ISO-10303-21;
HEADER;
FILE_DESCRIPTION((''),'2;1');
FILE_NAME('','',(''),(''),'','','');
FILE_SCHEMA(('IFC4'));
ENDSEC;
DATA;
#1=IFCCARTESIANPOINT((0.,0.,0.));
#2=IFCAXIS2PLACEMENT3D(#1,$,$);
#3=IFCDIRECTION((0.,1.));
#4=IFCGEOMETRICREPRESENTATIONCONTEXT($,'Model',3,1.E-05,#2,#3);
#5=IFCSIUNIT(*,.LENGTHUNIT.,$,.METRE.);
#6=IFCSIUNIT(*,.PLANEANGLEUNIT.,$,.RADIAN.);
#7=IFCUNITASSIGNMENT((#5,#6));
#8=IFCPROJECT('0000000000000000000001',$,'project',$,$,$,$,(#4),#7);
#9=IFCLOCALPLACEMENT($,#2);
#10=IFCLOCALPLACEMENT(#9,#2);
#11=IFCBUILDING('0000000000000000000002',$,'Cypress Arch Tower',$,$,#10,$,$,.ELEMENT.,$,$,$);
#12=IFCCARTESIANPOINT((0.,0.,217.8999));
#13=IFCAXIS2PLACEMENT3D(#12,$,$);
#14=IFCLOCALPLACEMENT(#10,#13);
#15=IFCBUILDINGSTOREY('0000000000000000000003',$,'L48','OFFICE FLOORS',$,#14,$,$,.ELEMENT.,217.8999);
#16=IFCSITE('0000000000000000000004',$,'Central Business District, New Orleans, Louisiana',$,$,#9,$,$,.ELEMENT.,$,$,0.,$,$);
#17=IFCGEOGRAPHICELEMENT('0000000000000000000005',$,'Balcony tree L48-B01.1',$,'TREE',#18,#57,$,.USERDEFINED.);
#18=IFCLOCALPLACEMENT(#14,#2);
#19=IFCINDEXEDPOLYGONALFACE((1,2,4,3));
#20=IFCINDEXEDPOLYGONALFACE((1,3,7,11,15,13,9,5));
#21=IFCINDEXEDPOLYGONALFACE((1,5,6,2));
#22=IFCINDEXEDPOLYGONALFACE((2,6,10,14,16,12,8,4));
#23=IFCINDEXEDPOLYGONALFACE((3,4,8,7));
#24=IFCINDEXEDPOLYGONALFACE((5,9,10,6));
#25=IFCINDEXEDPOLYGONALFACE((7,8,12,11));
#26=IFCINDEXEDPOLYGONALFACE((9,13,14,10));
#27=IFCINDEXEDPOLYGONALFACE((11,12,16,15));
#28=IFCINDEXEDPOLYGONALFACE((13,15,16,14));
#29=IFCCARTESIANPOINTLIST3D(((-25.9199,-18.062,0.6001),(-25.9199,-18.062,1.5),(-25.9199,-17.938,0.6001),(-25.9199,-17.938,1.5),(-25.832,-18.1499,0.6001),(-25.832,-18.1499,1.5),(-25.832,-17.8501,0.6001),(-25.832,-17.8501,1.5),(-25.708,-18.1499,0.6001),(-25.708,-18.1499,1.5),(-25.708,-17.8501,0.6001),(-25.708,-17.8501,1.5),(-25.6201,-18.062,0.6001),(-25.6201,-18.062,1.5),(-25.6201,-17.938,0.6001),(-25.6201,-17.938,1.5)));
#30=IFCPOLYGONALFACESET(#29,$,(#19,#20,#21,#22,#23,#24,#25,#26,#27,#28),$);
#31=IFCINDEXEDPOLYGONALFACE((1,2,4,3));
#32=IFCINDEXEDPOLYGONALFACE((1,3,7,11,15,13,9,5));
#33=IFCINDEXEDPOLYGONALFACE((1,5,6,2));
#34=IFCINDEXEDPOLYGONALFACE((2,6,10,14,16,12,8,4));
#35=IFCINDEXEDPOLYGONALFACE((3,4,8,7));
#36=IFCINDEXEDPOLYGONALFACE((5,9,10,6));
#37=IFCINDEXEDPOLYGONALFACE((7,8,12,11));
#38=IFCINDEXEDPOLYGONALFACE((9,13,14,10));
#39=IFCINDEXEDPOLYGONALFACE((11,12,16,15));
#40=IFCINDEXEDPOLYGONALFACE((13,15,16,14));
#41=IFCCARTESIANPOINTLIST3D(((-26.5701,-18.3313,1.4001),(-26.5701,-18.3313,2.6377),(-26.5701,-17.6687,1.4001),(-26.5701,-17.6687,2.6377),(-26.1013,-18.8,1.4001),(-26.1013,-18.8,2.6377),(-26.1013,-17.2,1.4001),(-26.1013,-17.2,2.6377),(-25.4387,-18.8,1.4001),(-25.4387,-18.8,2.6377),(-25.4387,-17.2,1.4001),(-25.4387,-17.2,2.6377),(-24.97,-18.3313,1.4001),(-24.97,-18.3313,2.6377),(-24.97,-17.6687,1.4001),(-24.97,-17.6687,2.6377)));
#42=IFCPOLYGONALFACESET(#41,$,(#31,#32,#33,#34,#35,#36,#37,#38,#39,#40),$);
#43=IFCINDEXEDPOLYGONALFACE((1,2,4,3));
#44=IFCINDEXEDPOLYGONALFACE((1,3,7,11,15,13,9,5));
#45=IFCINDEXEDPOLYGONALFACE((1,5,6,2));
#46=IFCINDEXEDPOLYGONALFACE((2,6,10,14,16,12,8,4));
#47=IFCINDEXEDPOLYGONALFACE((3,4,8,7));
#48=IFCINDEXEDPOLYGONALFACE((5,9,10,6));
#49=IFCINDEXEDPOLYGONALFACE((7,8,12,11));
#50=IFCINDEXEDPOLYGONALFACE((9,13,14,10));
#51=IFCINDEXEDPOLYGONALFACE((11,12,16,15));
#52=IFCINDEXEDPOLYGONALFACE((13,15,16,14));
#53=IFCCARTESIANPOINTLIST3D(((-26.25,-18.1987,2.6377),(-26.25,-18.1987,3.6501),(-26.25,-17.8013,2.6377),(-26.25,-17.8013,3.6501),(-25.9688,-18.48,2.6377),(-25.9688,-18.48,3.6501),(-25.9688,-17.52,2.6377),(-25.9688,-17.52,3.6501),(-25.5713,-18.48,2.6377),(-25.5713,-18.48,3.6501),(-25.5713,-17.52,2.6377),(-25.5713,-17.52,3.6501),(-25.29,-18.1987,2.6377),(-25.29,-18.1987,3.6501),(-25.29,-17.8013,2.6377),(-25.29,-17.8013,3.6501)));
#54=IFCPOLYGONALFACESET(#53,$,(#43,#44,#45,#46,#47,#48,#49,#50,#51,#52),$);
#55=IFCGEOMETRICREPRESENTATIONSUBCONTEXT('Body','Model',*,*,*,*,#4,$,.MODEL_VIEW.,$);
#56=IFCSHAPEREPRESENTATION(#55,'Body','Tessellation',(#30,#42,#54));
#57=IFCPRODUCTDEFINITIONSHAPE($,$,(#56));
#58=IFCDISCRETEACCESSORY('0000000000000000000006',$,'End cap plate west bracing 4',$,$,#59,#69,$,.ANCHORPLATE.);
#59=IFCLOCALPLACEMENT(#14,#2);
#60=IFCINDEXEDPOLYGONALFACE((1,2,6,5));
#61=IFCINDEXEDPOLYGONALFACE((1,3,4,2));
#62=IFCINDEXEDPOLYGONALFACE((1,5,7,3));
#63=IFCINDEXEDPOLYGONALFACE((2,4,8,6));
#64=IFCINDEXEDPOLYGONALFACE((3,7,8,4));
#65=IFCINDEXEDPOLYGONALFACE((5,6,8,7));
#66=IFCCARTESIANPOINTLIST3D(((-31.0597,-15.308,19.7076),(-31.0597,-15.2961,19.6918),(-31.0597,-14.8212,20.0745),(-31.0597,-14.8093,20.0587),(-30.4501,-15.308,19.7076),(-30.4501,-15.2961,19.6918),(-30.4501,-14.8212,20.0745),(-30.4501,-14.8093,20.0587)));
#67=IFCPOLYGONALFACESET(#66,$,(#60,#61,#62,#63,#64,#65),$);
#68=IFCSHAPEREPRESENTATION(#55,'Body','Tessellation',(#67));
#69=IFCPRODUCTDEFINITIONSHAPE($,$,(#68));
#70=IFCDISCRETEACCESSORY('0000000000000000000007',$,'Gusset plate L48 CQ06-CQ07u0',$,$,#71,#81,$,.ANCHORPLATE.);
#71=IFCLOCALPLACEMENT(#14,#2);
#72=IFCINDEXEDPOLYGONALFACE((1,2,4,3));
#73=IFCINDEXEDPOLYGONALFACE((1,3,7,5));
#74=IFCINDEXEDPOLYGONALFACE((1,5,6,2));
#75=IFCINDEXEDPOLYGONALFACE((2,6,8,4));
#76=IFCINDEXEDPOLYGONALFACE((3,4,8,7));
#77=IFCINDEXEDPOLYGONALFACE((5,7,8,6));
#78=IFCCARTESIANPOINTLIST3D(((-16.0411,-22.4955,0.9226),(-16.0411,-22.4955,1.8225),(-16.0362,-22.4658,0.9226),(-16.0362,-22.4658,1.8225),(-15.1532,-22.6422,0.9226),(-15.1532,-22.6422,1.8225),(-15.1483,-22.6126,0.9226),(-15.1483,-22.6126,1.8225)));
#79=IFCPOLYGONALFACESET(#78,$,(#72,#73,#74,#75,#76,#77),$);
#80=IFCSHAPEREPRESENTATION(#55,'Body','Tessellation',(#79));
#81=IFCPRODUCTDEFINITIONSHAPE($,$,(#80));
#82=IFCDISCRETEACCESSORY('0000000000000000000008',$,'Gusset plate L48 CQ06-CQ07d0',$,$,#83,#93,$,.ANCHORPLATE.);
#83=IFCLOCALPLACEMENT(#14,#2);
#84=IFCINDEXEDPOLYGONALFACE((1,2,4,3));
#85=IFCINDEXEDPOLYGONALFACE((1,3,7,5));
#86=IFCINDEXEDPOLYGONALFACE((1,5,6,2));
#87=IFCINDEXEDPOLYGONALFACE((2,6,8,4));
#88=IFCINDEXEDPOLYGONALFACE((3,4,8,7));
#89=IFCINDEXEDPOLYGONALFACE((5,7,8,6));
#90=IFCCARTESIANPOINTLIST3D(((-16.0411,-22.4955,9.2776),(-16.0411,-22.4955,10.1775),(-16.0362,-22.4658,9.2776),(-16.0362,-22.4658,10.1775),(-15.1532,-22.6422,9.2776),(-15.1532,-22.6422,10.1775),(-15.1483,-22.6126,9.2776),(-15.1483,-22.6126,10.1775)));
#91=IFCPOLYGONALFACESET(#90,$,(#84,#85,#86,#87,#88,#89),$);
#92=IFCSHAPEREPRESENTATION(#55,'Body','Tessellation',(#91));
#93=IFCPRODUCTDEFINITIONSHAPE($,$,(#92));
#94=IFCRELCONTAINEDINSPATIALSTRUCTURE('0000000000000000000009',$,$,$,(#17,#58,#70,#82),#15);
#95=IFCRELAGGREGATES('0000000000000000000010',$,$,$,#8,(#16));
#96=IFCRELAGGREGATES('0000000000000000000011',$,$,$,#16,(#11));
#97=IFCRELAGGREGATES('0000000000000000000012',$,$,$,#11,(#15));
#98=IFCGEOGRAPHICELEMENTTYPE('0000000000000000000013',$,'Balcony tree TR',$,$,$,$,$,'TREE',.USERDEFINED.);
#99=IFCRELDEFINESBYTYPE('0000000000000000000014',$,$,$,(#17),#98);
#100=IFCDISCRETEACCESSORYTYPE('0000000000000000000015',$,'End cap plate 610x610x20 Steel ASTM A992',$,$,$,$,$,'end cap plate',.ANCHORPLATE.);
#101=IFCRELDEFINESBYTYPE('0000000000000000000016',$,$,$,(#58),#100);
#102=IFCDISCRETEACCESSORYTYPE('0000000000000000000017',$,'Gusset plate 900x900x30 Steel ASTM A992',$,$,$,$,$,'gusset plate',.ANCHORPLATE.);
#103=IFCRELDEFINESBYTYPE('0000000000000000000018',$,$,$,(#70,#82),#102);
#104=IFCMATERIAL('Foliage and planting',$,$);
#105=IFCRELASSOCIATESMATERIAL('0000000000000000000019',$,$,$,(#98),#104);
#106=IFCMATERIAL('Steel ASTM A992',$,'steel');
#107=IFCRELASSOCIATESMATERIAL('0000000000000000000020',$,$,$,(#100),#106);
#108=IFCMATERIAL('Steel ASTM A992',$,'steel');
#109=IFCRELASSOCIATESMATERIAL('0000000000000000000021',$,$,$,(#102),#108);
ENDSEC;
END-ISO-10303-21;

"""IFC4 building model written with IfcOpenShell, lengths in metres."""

from ifc_helpers import new_model, si_unit, direction, frame, origin, origin_2d, place, context, subcontext, project, spatial, polyline, rectangle, outline, extrude, material, material_profile, profile_set, type_object, element, save


model = new_model("IFC4")

# Units and contexts
model_context = context("Model", 3, precision=1e-05, world=origin(), true_north=direction((0.0, 1.0)))
body_context = subcontext(model_context, "Body", "Model", "MODEL_VIEW")
ifc_project = project(units=[si_unit("LENGTHUNIT", "METRE"), si_unit("PLANEANGLEUNIT", "RADIAN")], contexts=[model_context])

# Site, building, storey
site_placement = place(None, origin())
site = spatial("IfcSite", under=ifc_project, at=site_placement, Name="Central Business District, New Orleans, Louisiana", CompositionType="ELEMENT", RefElevation=0.0)
building_placement = place(site_placement, origin())
building = spatial("IfcBuilding", under=site, at=building_placement, Name="Cypress Arch Tower", CompositionType="ELEMENT")
storey_placement = place(building_placement, frame((0.0, 0.0, 217.8999)))
storey = spatial("IfcBuildingStorey", under=building, at=storey_placement, Name="L48", Description="OFFICE FLOORS", CompositionType="ELEMENT", Elevation=217.8999)

# Geographic element
ifc_material_1 = material(Name="Foliage and planting")
geographic_element_type = type_object("IfcGeographicElementType", Name="Balcony tree TR", ElementType="TREE", PredefinedType="USERDEFINED", material=ifc_material_1)
geographic_element_placement = place(storey_placement, frame((-25.77, -18.0, 0.6001), z_axis=(0.0, 0.0, 1.0), x_axis=(1.0, 0.0, 0.0)))
element("IfcGeographicElement", 1, at=geographic_element_placement, inside=storey, type_object=geographic_element_type, Name="Balcony tree L48-B01.1", ObjectType="TREE", PredefinedType="USERDEFINED", context=body_context, shape_type="SweptSolid", body=[
    extrude(outline(polyline([(0.1499, 0.062), (0.062, 0.1499), (-0.062, 0.1499), (-0.1499, 0.062), (-0.1499, -0.062), (-0.062, -0.1499), (0.062, -0.1499), (0.1499, -0.062), (0.1499, 0.062)])), origin(), (0.0, 0.0, 1.0), 0.8999),
    extrude(outline(polyline([(0.8, 0.3313), (0.3313, 0.8), (-0.3313, 0.8), (-0.8, 0.3313), (-0.8, -0.3313), (-0.3313, -0.8), (0.3313, -0.8), (0.8, -0.3313), (0.8, 0.3313)])), frame((0.0, 0.0, 0.8)), (0.0, 0.0, 1.0), 1.2375),
    extrude(outline(polyline([(0.48, 0.1987), (0.1987, 0.48), (-0.1987, 0.48), (-0.48, 0.1987), (-0.48, -0.1987), (-0.1987, -0.48), (0.1987, -0.48), (0.48, -0.1987), (0.48, 0.1987)])), frame((0.0, 0.0, 2.0376)), (0.0, 0.0, 1.0), 1.0125),
])

# Discrete accessories
ifc_material_2 = material(Name="Steel ASTM A992", Category="steel")
ifc_material_profile_1 = material_profile(ifc_material_2, rectangle(XDim=0.6096, YDim=0.6096, at=origin_2d()), Name="PL 20 610x610")
ifc_profile_set_1 = profile_set([ifc_material_profile_1], Name="Steel ASTM A992")
discrete_accessory_type_1 = type_object("IfcDiscreteAccessoryType", Name="End cap plate 610x610x20 Steel ASTM A992", ElementType="end cap plate", PredefinedType="ANCHORPLATE", material=ifc_profile_set_1)
discrete_accessory_placement = place(storey_placement, frame((-30.7549, -15.0527, 19.8752), z_axis=(0.0, -0.601964, 0.798523), x_axis=(1.0, 0.0, 0.0)))
element("IfcDiscreteAccessory", 2, at=discrete_accessory_placement, inside=storey, type_object=discrete_accessory_type_1, Name="End cap plate west bracing 4", PredefinedType="ANCHORPLATE", context=body_context, shape_type="SweptSolid", body=[
    extrude(rectangle(XDim=0.6096, YDim=0.6096, at=origin_2d()), origin(), (0.0, 0.0, 1.0), 0.0198),
])
ifc_material_3 = material(Name="Steel ASTM A992", Category="steel")
ifc_material_profile_2 = material_profile(ifc_material_3, rectangle(XDim=0.8999, YDim=0.8999, at=origin_2d()), Name="PL 30 900x900")
ifc_profile_set_2 = profile_set([ifc_material_profile_2], Name="Steel ASTM A992")
discrete_accessory_type_2 = type_object("IfcDiscreteAccessoryType", Name="Gusset plate 900x900x30 Steel ASTM A992", ElementType="gusset plate", PredefinedType="ANCHORPLATE", material=ifc_profile_set_2)
for number, where, z_axis, x_axis, name in (
    (3, (-15.5972, -22.5688, 1.3726), (0.163077, 0.986613, 0.0), (-0.986613, 0.163077, 0.0), "Gusset plate L48 CQ06-CQ07u0"),
    (4, (-15.5972, -22.5688, 9.7275), (0.163077, 0.986613, 0.0), (-0.986613, 0.163077, 0.0), "Gusset plate L48 CQ06-CQ07d0"),
):
    element("IfcDiscreteAccessory", number, at=place(storey_placement, frame(where, z_axis=z_axis, x_axis=x_axis)), inside=storey, type_object=discrete_accessory_type_2, Name=name, PredefinedType="ANCHORPLATE", context=body_context, shape_type="SweptSolid", body=[
        extrude(rectangle(XDim=0.8999, YDim=0.8999, at=origin_2d()), origin(), (0.0, 0.0, 1.0), 0.03),
    ])

save(model, "model.ifc")
